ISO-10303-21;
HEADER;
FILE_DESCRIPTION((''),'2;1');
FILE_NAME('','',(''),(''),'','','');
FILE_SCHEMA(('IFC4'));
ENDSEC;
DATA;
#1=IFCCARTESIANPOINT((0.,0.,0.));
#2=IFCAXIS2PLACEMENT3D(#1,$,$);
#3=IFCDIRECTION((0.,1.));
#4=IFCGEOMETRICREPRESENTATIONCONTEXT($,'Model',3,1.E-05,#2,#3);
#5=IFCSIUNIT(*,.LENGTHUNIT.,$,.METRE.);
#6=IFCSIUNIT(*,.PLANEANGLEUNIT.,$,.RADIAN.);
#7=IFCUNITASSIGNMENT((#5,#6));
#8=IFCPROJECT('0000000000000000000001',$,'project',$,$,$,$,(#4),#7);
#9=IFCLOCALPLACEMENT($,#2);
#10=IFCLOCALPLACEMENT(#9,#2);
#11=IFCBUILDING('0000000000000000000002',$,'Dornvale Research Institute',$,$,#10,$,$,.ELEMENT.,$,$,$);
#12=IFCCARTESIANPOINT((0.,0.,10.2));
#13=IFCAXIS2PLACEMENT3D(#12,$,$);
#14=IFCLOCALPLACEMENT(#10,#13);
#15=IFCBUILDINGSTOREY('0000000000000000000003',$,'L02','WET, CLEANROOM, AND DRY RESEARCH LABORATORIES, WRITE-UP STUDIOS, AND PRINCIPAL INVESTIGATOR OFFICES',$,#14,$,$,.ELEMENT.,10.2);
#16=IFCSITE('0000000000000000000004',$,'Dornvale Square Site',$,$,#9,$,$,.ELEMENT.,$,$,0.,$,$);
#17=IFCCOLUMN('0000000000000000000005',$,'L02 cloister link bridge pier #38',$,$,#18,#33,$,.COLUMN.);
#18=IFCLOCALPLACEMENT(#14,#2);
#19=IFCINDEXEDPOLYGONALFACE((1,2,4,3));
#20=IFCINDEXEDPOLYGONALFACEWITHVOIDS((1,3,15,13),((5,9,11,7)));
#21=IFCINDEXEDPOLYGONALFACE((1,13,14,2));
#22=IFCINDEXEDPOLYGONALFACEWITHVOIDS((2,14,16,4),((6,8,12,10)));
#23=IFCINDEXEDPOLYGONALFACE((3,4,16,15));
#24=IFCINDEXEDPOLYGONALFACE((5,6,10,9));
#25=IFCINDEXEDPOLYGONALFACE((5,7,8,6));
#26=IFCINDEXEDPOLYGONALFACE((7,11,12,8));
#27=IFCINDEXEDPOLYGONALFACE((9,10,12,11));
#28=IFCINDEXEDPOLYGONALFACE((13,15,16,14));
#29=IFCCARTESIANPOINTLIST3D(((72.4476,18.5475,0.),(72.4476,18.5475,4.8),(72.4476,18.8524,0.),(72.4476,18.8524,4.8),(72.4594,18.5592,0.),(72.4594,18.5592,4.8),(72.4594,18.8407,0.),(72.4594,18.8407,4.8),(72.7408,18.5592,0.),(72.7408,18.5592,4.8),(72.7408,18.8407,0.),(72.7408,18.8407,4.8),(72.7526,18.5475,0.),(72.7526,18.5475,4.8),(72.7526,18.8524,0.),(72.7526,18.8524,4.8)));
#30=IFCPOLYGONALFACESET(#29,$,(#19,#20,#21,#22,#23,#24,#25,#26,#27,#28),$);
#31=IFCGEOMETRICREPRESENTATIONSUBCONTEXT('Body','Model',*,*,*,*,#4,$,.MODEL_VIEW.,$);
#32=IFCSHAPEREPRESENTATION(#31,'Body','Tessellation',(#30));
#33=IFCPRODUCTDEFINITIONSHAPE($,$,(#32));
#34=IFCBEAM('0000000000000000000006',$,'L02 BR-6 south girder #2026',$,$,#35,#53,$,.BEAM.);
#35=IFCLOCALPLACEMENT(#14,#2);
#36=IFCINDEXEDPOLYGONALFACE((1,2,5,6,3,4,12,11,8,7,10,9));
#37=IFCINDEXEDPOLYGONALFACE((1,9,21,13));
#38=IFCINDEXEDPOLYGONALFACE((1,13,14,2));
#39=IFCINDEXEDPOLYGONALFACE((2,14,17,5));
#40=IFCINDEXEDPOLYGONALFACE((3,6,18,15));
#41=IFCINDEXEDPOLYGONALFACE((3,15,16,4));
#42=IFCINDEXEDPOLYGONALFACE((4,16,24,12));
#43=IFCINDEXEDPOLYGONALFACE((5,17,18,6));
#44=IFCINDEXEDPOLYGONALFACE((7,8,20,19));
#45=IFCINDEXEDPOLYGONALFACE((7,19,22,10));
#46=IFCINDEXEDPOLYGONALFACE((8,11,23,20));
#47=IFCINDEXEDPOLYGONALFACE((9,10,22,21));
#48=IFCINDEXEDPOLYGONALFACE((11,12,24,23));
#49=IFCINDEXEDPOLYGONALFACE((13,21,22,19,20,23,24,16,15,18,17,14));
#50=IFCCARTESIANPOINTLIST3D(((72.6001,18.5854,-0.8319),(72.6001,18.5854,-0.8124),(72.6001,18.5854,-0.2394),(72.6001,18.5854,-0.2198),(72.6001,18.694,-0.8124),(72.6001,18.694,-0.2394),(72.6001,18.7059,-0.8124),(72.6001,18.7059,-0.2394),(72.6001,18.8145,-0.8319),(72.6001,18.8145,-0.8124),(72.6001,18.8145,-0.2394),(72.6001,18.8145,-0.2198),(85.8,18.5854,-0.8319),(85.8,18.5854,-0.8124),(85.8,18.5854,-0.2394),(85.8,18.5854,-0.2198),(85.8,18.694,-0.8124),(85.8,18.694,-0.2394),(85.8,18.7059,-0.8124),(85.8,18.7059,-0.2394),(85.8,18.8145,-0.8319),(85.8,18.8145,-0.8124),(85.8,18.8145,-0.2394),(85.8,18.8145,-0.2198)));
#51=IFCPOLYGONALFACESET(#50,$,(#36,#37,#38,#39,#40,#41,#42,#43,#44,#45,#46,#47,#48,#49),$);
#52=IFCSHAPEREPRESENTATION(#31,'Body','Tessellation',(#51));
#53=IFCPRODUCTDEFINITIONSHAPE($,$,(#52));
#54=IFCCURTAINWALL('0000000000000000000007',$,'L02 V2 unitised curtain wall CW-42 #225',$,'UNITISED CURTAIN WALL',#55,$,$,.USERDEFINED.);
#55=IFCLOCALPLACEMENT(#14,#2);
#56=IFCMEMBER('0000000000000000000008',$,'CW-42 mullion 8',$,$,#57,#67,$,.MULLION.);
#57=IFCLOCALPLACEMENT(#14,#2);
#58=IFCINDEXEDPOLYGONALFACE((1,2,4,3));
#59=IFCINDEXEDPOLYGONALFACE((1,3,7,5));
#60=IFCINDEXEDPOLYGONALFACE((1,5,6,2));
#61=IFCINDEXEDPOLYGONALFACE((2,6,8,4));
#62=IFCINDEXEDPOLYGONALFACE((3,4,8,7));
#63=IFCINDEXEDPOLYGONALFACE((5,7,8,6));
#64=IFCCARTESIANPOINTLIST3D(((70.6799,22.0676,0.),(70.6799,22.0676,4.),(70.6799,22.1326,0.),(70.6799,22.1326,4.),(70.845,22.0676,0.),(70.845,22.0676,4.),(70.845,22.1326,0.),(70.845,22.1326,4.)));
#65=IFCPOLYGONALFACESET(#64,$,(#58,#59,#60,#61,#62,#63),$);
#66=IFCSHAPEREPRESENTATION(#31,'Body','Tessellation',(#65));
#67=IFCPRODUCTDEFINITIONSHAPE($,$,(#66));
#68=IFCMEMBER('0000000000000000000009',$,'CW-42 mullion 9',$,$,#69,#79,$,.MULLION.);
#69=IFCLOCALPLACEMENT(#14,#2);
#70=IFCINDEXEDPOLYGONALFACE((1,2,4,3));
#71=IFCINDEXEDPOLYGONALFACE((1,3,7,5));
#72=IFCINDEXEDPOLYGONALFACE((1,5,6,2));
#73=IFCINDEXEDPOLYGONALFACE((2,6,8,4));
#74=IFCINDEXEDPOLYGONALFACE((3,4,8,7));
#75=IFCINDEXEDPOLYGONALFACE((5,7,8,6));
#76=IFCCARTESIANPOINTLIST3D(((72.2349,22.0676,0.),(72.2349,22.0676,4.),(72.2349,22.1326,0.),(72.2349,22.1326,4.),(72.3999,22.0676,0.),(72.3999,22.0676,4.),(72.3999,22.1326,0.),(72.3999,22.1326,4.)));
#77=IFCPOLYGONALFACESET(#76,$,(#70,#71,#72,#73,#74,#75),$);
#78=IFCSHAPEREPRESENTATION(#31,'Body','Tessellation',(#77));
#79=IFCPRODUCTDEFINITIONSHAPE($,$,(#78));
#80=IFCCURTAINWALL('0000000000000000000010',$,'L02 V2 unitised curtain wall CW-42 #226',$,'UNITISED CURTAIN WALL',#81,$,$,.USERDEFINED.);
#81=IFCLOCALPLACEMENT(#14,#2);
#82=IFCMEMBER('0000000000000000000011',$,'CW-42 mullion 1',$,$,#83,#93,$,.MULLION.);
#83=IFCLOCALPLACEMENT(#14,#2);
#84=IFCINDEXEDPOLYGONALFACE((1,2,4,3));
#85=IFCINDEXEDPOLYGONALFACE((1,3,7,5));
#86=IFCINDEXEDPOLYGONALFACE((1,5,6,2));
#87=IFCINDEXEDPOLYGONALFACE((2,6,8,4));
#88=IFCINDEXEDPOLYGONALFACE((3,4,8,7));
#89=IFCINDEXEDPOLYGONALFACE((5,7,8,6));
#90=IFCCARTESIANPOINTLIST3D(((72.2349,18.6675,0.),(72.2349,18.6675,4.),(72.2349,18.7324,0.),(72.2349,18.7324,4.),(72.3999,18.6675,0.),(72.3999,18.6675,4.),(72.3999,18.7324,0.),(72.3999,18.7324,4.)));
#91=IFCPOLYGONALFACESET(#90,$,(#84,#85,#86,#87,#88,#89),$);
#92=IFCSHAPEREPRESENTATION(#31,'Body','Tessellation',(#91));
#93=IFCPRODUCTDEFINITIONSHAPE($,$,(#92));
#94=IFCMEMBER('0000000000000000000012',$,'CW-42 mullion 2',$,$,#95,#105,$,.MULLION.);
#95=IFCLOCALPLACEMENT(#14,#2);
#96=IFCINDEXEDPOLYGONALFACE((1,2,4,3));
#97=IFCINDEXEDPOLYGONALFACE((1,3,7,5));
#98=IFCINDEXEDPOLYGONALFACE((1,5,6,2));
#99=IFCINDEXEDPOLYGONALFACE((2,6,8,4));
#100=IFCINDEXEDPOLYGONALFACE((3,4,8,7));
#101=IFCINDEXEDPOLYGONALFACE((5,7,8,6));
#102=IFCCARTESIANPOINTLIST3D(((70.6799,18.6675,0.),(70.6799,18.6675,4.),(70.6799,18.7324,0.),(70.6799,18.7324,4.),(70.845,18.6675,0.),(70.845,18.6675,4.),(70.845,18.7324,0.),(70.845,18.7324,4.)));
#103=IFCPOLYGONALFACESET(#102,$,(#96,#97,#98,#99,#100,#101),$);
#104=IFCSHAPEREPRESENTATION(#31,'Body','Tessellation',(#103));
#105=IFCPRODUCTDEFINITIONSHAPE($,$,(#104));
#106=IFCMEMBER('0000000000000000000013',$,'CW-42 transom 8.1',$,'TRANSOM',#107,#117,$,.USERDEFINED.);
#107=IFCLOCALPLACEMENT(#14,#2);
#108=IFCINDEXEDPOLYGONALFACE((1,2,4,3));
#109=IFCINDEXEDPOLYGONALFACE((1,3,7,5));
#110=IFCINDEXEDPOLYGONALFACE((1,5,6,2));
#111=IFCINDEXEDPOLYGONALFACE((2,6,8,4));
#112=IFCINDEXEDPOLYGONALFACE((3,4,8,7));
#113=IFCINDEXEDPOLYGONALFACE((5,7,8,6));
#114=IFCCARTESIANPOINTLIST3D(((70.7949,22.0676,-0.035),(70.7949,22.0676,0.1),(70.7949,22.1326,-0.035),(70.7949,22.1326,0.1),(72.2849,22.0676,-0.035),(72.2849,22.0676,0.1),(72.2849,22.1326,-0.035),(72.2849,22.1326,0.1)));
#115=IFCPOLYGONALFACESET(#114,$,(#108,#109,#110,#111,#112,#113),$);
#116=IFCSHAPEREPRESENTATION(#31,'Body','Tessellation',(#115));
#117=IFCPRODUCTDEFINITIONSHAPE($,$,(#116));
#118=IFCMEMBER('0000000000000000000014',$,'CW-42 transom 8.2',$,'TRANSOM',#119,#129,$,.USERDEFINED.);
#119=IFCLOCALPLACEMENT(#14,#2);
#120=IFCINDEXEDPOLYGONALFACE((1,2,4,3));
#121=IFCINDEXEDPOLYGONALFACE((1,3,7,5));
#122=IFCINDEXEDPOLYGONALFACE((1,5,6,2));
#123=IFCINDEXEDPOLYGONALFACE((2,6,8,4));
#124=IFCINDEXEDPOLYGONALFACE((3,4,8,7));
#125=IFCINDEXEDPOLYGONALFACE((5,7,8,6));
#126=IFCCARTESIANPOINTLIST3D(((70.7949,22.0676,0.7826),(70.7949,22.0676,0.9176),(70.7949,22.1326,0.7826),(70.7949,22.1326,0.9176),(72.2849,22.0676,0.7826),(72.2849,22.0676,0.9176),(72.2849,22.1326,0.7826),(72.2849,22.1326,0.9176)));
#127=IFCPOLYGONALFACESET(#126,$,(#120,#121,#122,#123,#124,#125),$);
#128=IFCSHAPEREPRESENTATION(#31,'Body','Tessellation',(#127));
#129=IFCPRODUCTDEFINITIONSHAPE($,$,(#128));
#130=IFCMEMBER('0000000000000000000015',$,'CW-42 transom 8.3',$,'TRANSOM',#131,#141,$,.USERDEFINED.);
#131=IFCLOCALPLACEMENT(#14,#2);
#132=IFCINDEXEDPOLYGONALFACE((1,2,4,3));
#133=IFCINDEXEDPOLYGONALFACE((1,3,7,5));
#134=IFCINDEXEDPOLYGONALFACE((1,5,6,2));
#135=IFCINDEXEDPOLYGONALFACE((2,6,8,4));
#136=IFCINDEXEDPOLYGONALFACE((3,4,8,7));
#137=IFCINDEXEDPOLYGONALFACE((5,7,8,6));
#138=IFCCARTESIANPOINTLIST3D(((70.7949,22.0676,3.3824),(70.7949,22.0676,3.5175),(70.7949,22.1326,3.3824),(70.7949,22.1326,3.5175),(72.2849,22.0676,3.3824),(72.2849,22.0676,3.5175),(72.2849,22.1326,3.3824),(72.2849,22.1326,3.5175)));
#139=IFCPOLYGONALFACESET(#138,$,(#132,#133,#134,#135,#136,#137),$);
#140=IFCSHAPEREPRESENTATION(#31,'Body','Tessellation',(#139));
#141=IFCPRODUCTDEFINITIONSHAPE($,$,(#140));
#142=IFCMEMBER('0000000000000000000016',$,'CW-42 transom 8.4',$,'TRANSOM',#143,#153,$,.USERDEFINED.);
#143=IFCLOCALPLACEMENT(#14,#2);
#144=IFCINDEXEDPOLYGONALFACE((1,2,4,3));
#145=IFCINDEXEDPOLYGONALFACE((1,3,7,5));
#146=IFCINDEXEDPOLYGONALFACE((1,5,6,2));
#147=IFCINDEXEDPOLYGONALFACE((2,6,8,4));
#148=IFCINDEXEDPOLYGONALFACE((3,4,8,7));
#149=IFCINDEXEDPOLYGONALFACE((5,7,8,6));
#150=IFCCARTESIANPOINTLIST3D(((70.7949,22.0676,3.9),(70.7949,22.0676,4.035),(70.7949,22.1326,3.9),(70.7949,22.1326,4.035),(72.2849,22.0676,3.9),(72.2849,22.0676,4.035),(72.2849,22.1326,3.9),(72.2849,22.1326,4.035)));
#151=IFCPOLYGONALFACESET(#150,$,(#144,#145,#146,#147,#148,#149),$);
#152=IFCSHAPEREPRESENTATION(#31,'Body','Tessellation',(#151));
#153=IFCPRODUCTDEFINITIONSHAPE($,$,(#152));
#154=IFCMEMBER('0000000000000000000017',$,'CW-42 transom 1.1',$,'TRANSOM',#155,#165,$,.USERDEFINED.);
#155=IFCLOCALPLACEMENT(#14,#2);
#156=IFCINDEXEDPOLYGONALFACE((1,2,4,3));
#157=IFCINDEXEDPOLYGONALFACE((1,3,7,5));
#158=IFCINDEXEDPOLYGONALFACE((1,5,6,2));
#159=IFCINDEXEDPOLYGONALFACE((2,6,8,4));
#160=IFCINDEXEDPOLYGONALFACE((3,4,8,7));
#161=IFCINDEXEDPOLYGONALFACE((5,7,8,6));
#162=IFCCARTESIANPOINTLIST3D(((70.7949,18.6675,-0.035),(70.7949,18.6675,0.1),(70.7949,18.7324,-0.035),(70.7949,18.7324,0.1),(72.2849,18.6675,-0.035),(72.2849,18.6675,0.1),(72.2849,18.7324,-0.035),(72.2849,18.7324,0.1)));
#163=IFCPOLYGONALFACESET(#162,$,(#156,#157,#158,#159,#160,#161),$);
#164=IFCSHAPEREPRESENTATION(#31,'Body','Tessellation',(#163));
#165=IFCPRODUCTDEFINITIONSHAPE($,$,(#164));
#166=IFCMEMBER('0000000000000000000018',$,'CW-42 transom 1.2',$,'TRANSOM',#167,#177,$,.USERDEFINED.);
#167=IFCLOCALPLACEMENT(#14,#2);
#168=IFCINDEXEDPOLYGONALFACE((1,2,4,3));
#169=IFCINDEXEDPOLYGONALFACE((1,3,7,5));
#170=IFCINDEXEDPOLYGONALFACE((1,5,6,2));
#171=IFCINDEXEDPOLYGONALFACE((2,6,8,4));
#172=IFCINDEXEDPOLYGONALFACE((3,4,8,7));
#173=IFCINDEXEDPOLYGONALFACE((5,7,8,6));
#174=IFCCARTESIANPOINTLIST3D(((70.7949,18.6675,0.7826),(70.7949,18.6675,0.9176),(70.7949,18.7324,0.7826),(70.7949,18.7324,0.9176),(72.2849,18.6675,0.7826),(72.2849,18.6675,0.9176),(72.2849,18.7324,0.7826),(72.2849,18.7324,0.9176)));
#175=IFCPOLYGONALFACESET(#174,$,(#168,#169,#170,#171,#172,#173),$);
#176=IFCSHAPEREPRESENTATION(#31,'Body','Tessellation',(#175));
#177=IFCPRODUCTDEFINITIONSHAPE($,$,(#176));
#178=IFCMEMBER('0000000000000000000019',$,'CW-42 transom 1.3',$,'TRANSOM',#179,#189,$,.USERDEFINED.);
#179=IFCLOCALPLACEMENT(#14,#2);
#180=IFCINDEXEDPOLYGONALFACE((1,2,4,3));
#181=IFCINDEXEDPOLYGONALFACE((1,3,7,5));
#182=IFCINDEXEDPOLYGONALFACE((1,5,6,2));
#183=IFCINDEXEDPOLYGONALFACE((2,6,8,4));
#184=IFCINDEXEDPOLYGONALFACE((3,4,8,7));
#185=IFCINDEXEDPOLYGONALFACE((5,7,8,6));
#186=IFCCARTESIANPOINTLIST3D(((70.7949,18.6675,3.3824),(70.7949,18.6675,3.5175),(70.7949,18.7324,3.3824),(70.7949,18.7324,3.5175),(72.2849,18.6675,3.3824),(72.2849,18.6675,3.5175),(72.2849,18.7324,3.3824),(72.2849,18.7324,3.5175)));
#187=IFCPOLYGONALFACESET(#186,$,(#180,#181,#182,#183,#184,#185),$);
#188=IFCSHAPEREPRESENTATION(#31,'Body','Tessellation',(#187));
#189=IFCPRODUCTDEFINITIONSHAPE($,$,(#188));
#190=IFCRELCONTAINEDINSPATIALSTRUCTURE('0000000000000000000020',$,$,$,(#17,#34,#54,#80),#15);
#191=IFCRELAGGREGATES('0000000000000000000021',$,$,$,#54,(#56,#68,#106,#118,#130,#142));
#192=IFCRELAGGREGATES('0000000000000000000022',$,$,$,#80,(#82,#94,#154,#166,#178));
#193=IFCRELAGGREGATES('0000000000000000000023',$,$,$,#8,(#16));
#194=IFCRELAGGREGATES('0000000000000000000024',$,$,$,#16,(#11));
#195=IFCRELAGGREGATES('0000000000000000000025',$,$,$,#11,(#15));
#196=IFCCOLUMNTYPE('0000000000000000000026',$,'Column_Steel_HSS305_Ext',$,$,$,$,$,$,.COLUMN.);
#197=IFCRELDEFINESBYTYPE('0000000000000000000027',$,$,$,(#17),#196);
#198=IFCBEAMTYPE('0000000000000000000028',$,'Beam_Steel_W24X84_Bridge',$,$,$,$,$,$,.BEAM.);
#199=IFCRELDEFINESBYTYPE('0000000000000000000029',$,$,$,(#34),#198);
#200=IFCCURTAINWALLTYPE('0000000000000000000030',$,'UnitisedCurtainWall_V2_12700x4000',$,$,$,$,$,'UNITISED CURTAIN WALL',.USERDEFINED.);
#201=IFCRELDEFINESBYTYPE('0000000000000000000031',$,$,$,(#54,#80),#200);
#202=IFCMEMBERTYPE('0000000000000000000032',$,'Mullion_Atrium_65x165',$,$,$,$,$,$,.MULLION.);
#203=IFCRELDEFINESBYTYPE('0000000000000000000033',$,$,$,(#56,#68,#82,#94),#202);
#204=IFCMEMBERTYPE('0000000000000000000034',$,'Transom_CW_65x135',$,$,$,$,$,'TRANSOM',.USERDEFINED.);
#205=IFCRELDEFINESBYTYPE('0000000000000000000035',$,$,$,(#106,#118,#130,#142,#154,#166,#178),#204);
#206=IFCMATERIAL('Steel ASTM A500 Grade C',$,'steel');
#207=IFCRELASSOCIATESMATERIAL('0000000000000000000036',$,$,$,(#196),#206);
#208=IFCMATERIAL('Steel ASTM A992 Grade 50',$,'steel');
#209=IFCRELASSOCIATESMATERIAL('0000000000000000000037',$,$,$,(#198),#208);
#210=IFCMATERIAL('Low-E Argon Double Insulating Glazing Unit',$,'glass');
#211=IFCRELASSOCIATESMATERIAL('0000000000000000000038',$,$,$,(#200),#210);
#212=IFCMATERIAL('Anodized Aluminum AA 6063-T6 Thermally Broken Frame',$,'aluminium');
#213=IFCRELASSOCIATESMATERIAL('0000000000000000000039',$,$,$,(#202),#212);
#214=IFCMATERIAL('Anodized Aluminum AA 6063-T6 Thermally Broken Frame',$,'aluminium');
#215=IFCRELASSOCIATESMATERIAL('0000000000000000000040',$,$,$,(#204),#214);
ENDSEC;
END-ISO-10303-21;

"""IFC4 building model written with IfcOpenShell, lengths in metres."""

from ifc_helpers import new_model, si_unit, direction, frame, origin, origin_2d, place, context, subcontext, project, spatial, rectangle, hollow_rectangle, i_section, extrude, material, material_profile, profile_set, type_object, element, aggregate, save


model = new_model("IFC4")

# Units and contexts
model_context = context("Model", 3, precision=1e-05, world=origin(), true_north=direction((0.0, 1.0)))
body_context = subcontext(model_context, "Body", "Model", "MODEL_VIEW")
ifc_project = project(units=[si_unit("LENGTHUNIT", "METRE"), si_unit("PLANEANGLEUNIT", "RADIAN")], contexts=[model_context])

# Site, building, storey
site_placement = place(None, origin())
site = spatial("IfcSite", under=ifc_project, at=site_placement, Name="Dornvale Square Site", CompositionType="ELEMENT", RefElevation=0.0)
building_placement = place(site_placement, origin())
building = spatial("IfcBuilding", under=site, at=building_placement, Name="Dornvale Research Institute", CompositionType="ELEMENT")
storey_placement = place(building_placement, frame((0.0, 0.0, 10.2)))
storey = spatial("IfcBuildingStorey", under=building, at=storey_placement, Name="L02", Description="WET, CLEANROOM, AND DRY RESEARCH LABORATORIES, WRITE-UP STUDIOS, AND PRINCIPAL INVESTIGATOR OFFICES", CompositionType="ELEMENT", Elevation=10.2)

# Column
ifc_material_1 = material(Name="Steel ASTM A500 Grade C", Category="steel")
ifc_material_profile_1 = material_profile(ifc_material_1, hollow_rectangle(XDim=0.3049, YDim=0.3049, WallThickness=0.0117, at=origin_2d()), Name="HSS305X305X12.7")
ifc_profile_set_1 = profile_set([ifc_material_profile_1], Name="Steel ASTM A500 Grade C")
column_type = type_object("IfcColumnType", Name="Column_Steel_HSS305_Ext", PredefinedType="COLUMN", material=ifc_profile_set_1)
column_placement = place(storey_placement, frame((72.6001, 18.7, 0.0), z_axis=(0.0, 0.0, 1.0), x_axis=(1.0, 0.0, 0.0)))
element("IfcColumn", 1, at=column_placement, inside=storey, type_object=column_type, Name="L02 cloister link bridge pier #38", PredefinedType="COLUMN", context=body_context, shape_type="SweptSolid", body=[
    extrude(hollow_rectangle(XDim=0.3049, YDim=0.3049, WallThickness=0.0117, at=origin_2d()), origin(), (0.0, 0.0, 1.0), 4.8),
])

# Beam
ifc_material_2 = material(Name="Steel ASTM A992 Grade 50", Category="steel")
ifc_material_profile_2 = material_profile(ifc_material_2, i_section(OverallWidth=0.229, OverallDepth=0.6121, WebThickness=0.012, FlangeThickness=0.0195, at=origin_2d()), Name="W24X84")
ifc_profile_set_2 = profile_set([ifc_material_profile_2], Name="Steel ASTM A992 Grade 50")
beam_type = type_object("IfcBeamType", Name="Beam_Steel_W24X84_Bridge", PredefinedType="BEAM", material=ifc_profile_set_2)
beam_placement = place(storey_placement, frame((72.6001, 18.7, -0.5259), z_axis=(1.0, 0.0, 0.0), x_axis=(0.0, 1.0, 0.0)))
element("IfcBeam", 2, at=beam_placement, inside=storey, type_object=beam_type, Name="L02 BR-6 south girder #2026", PredefinedType="BEAM", context=body_context, shape_type="SweptSolid", body=[
    extrude(i_section(OverallWidth=0.229, OverallDepth=0.6121, WebThickness=0.012, FlangeThickness=0.0195, at=origin_2d()), origin(), (0.0, 0.0, 1.0), 13.2),
])

# Curtain walls, members
ifc_material_3 = material(Name="Low-E Argon Double Insulating Glazing Unit", Category="glass")
curtain_wall_type = type_object("IfcCurtainWallType", Name="UnitisedCurtainWall_V2_12700x4000", ElementType="UNITISED CURTAIN WALL", PredefinedType="USERDEFINED", material=ifc_material_3)
curtain_wall_1_placement = place(storey_placement, origin())
curtain_wall_1 = element("IfcCurtainWall", 3, at=curtain_wall_1_placement, inside=storey, type_object=curtain_wall_type, Name="L02 V2 unitised curtain wall CW-42 #225", ObjectType="UNITISED CURTAIN WALL", PredefinedType="USERDEFINED")
ifc_material_4 = material(Name="Anodized Aluminum AA 6063-T6 Thermally Broken Frame", Category="aluminium")
ifc_material_profile_3 = material_profile(ifc_material_4, rectangle(XDim=0.0649, YDim=0.165, at=origin_2d()), Name="ALU MULLION 65x165")
ifc_profile_set_3 = profile_set([ifc_material_profile_3], Name="Anodized Aluminum AA 6063-T6 Thermally Broken Frame")
member_type_1 = type_object("IfcMemberType", Name="Mullion_Atrium_65x165", PredefinedType="MULLION", material=ifc_profile_set_3)
member_1_placement = place(storey_placement, frame((70.7625, 22.1001, 0.0), z_axis=(0.0, 0.0, 1.0), x_axis=(0.0, 1.0, 0.0)))
member_1 = element("IfcMember", 4, at=member_1_placement, type_object=member_type_1, Name="CW-42 mullion 8", PredefinedType="MULLION", context=body_context, shape_type="SweptSolid", body=[
    extrude(rectangle(XDim=0.0649, YDim=0.165, at=origin_2d()), origin(), (0.0, 0.0, 1.0), 4.0),
])
member_2_placement = place(storey_placement, frame((72.3174, 22.1001, 0.0), z_axis=(0.0, 0.0, 1.0), x_axis=(0.0, 1.0, 0.0)))
member_2 = element("IfcMember", 5, at=member_2_placement, type_object=member_type_1, Name="CW-42 mullion 9", PredefinedType="MULLION", context=body_context, shape_type="SweptSolid", body=[
    extrude(rectangle(XDim=0.0649, YDim=0.165, at=origin_2d()), origin(), (0.0, 0.0, 1.0), 4.0),
])
curtain_wall_2_placement = place(storey_placement, origin())
curtain_wall_2 = element("IfcCurtainWall", 6, at=curtain_wall_2_placement, inside=storey, type_object=curtain_wall_type, Name="L02 V2 unitised curtain wall CW-42 #226", ObjectType="UNITISED CURTAIN WALL", PredefinedType="USERDEFINED")
member_3_placement = place(storey_placement, frame((72.3174, 18.7, 0.0), z_axis=(0.0, 0.0, 1.0), x_axis=(0.0, -1.0, 0.0)))
member_3 = element("IfcMember", 7, at=member_3_placement, type_object=member_type_1, Name="CW-42 mullion 1", PredefinedType="MULLION", context=body_context, shape_type="SweptSolid", body=[
    extrude(rectangle(XDim=0.0649, YDim=0.165, at=origin_2d()), origin(), (0.0, 0.0, 1.0), 4.0),
])
member_4_placement = place(storey_placement, frame((70.7625, 18.7, 0.0), z_axis=(0.0, 0.0, 1.0), x_axis=(0.0, -1.0, 0.0)))
member_4 = element("IfcMember", 8, at=member_4_placement, type_object=member_type_1, Name="CW-42 mullion 2", PredefinedType="MULLION", context=body_context, shape_type="SweptSolid", body=[
    extrude(rectangle(XDim=0.0649, YDim=0.165, at=origin_2d()), origin(), (0.0, 0.0, 1.0), 4.0),
])

# Members
ifc_material_5 = material(Name="Anodized Aluminum AA 6063-T6 Thermally Broken Frame", Category="aluminium")
ifc_material_profile_4 = material_profile(ifc_material_5, rectangle(XDim=0.0649, YDim=0.135, at=origin_2d()), Name="ALU TRANSOM 65x135")
ifc_profile_set_4 = profile_set([ifc_material_profile_4], Name="Anodized Aluminum AA 6063-T6 Thermally Broken Frame")
member_type_2 = type_object("IfcMemberType", Name="Transom_CW_65x135", ElementType="TRANSOM", PredefinedType="USERDEFINED", material=ifc_profile_set_4)
member_5_placement = place(storey_placement, frame((70.7949, 22.1001, 0.0325), z_axis=(1.0, 0.0, 0.0), x_axis=(0.0, 1.0, 0.0)))
member_5 = element("IfcMember", 9, at=member_5_placement, type_object=member_type_2, Name="CW-42 transom 8.1", ObjectType="TRANSOM", PredefinedType="USERDEFINED", context=body_context, shape_type="SweptSolid", body=[
    extrude(rectangle(XDim=0.0649, YDim=0.135, at=origin_2d()), origin(), (0.0, 0.0, 1.0), 1.49),
])
member_6_placement = place(storey_placement, frame((70.7949, 22.1001, 0.8501), z_axis=(1.0, 0.0, 0.0), x_axis=(0.0, 1.0, 0.0)))
member_6 = element("IfcMember", 10, at=member_6_placement, type_object=member_type_2, Name="CW-42 transom 8.2", ObjectType="TRANSOM", PredefinedType="USERDEFINED", context=body_context, shape_type="SweptSolid", body=[
    extrude(rectangle(XDim=0.0649, YDim=0.135, at=origin_2d()), origin(), (0.0, 0.0, 1.0), 1.49),
])
member_7_placement = place(storey_placement, frame((70.7949, 22.1001, 3.45), z_axis=(1.0, 0.0, 0.0), x_axis=(0.0, 1.0, 0.0)))
member_7 = element("IfcMember", 11, at=member_7_placement, type_object=member_type_2, Name="CW-42 transom 8.3", ObjectType="TRANSOM", PredefinedType="USERDEFINED", context=body_context, shape_type="SweptSolid", body=[
    extrude(rectangle(XDim=0.0649, YDim=0.135, at=origin_2d()), origin(), (0.0, 0.0, 1.0), 1.49),
])
member_8_placement = place(storey_placement, frame((70.7949, 22.1001, 3.9675), z_axis=(1.0, 0.0, 0.0), x_axis=(0.0, 1.0, 0.0)))
member_8 = element("IfcMember", 12, at=member_8_placement, type_object=member_type_2, Name="CW-42 transom 8.4", ObjectType="TRANSOM", PredefinedType="USERDEFINED", context=body_context, shape_type="SweptSolid", body=[
    extrude(rectangle(XDim=0.0649, YDim=0.135, at=origin_2d()), origin(), (0.0, 0.0, 1.0), 1.49),
])
member_9_placement = place(storey_placement, frame((72.2849, 18.7, 0.0325), z_axis=(-1.0, 0.0, 0.0), x_axis=(0.0, -1.0, 0.0)))
member_9 = element("IfcMember", 13, at=member_9_placement, type_object=member_type_2, Name="CW-42 transom 1.1", ObjectType="TRANSOM", PredefinedType="USERDEFINED", context=body_context, shape_type="SweptSolid", body=[
    extrude(rectangle(XDim=0.0649, YDim=0.135, at=origin_2d()), origin(), (0.0, 0.0, 1.0), 1.49),
])
member_10_placement = place(storey_placement, frame((72.2849, 18.7, 0.8501), z_axis=(-1.0, 0.0, 0.0), x_axis=(0.0, -1.0, 0.0)))
member_10 = element("IfcMember", 14, at=member_10_placement, type_object=member_type_2, Name="CW-42 transom 1.2", ObjectType="TRANSOM", PredefinedType="USERDEFINED", context=body_context, shape_type="SweptSolid", body=[
    extrude(rectangle(XDim=0.0649, YDim=0.135, at=origin_2d()), origin(), (0.0, 0.0, 1.0), 1.49),
])
member_11_placement = place(storey_placement, frame((72.2849, 18.7, 3.45), z_axis=(-1.0, 0.0, 0.0), x_axis=(0.0, -1.0, 0.0)))
member_11 = element("IfcMember", 15, at=member_11_placement, type_object=member_type_2, Name="CW-42 transom 1.3", ObjectType="TRANSOM", PredefinedType="USERDEFINED", context=body_context, shape_type="SweptSolid", body=[
    extrude(rectangle(XDim=0.0649, YDim=0.135, at=origin_2d()), origin(), (0.0, 0.0, 1.0), 1.49),
])

aggregate(curtain_wall_1, [member_1, member_2, member_5, member_6, member_7, member_8])
aggregate(curtain_wall_2, [member_3, member_4, member_9, member_10, member_11])

save(model, "model.ifc")
